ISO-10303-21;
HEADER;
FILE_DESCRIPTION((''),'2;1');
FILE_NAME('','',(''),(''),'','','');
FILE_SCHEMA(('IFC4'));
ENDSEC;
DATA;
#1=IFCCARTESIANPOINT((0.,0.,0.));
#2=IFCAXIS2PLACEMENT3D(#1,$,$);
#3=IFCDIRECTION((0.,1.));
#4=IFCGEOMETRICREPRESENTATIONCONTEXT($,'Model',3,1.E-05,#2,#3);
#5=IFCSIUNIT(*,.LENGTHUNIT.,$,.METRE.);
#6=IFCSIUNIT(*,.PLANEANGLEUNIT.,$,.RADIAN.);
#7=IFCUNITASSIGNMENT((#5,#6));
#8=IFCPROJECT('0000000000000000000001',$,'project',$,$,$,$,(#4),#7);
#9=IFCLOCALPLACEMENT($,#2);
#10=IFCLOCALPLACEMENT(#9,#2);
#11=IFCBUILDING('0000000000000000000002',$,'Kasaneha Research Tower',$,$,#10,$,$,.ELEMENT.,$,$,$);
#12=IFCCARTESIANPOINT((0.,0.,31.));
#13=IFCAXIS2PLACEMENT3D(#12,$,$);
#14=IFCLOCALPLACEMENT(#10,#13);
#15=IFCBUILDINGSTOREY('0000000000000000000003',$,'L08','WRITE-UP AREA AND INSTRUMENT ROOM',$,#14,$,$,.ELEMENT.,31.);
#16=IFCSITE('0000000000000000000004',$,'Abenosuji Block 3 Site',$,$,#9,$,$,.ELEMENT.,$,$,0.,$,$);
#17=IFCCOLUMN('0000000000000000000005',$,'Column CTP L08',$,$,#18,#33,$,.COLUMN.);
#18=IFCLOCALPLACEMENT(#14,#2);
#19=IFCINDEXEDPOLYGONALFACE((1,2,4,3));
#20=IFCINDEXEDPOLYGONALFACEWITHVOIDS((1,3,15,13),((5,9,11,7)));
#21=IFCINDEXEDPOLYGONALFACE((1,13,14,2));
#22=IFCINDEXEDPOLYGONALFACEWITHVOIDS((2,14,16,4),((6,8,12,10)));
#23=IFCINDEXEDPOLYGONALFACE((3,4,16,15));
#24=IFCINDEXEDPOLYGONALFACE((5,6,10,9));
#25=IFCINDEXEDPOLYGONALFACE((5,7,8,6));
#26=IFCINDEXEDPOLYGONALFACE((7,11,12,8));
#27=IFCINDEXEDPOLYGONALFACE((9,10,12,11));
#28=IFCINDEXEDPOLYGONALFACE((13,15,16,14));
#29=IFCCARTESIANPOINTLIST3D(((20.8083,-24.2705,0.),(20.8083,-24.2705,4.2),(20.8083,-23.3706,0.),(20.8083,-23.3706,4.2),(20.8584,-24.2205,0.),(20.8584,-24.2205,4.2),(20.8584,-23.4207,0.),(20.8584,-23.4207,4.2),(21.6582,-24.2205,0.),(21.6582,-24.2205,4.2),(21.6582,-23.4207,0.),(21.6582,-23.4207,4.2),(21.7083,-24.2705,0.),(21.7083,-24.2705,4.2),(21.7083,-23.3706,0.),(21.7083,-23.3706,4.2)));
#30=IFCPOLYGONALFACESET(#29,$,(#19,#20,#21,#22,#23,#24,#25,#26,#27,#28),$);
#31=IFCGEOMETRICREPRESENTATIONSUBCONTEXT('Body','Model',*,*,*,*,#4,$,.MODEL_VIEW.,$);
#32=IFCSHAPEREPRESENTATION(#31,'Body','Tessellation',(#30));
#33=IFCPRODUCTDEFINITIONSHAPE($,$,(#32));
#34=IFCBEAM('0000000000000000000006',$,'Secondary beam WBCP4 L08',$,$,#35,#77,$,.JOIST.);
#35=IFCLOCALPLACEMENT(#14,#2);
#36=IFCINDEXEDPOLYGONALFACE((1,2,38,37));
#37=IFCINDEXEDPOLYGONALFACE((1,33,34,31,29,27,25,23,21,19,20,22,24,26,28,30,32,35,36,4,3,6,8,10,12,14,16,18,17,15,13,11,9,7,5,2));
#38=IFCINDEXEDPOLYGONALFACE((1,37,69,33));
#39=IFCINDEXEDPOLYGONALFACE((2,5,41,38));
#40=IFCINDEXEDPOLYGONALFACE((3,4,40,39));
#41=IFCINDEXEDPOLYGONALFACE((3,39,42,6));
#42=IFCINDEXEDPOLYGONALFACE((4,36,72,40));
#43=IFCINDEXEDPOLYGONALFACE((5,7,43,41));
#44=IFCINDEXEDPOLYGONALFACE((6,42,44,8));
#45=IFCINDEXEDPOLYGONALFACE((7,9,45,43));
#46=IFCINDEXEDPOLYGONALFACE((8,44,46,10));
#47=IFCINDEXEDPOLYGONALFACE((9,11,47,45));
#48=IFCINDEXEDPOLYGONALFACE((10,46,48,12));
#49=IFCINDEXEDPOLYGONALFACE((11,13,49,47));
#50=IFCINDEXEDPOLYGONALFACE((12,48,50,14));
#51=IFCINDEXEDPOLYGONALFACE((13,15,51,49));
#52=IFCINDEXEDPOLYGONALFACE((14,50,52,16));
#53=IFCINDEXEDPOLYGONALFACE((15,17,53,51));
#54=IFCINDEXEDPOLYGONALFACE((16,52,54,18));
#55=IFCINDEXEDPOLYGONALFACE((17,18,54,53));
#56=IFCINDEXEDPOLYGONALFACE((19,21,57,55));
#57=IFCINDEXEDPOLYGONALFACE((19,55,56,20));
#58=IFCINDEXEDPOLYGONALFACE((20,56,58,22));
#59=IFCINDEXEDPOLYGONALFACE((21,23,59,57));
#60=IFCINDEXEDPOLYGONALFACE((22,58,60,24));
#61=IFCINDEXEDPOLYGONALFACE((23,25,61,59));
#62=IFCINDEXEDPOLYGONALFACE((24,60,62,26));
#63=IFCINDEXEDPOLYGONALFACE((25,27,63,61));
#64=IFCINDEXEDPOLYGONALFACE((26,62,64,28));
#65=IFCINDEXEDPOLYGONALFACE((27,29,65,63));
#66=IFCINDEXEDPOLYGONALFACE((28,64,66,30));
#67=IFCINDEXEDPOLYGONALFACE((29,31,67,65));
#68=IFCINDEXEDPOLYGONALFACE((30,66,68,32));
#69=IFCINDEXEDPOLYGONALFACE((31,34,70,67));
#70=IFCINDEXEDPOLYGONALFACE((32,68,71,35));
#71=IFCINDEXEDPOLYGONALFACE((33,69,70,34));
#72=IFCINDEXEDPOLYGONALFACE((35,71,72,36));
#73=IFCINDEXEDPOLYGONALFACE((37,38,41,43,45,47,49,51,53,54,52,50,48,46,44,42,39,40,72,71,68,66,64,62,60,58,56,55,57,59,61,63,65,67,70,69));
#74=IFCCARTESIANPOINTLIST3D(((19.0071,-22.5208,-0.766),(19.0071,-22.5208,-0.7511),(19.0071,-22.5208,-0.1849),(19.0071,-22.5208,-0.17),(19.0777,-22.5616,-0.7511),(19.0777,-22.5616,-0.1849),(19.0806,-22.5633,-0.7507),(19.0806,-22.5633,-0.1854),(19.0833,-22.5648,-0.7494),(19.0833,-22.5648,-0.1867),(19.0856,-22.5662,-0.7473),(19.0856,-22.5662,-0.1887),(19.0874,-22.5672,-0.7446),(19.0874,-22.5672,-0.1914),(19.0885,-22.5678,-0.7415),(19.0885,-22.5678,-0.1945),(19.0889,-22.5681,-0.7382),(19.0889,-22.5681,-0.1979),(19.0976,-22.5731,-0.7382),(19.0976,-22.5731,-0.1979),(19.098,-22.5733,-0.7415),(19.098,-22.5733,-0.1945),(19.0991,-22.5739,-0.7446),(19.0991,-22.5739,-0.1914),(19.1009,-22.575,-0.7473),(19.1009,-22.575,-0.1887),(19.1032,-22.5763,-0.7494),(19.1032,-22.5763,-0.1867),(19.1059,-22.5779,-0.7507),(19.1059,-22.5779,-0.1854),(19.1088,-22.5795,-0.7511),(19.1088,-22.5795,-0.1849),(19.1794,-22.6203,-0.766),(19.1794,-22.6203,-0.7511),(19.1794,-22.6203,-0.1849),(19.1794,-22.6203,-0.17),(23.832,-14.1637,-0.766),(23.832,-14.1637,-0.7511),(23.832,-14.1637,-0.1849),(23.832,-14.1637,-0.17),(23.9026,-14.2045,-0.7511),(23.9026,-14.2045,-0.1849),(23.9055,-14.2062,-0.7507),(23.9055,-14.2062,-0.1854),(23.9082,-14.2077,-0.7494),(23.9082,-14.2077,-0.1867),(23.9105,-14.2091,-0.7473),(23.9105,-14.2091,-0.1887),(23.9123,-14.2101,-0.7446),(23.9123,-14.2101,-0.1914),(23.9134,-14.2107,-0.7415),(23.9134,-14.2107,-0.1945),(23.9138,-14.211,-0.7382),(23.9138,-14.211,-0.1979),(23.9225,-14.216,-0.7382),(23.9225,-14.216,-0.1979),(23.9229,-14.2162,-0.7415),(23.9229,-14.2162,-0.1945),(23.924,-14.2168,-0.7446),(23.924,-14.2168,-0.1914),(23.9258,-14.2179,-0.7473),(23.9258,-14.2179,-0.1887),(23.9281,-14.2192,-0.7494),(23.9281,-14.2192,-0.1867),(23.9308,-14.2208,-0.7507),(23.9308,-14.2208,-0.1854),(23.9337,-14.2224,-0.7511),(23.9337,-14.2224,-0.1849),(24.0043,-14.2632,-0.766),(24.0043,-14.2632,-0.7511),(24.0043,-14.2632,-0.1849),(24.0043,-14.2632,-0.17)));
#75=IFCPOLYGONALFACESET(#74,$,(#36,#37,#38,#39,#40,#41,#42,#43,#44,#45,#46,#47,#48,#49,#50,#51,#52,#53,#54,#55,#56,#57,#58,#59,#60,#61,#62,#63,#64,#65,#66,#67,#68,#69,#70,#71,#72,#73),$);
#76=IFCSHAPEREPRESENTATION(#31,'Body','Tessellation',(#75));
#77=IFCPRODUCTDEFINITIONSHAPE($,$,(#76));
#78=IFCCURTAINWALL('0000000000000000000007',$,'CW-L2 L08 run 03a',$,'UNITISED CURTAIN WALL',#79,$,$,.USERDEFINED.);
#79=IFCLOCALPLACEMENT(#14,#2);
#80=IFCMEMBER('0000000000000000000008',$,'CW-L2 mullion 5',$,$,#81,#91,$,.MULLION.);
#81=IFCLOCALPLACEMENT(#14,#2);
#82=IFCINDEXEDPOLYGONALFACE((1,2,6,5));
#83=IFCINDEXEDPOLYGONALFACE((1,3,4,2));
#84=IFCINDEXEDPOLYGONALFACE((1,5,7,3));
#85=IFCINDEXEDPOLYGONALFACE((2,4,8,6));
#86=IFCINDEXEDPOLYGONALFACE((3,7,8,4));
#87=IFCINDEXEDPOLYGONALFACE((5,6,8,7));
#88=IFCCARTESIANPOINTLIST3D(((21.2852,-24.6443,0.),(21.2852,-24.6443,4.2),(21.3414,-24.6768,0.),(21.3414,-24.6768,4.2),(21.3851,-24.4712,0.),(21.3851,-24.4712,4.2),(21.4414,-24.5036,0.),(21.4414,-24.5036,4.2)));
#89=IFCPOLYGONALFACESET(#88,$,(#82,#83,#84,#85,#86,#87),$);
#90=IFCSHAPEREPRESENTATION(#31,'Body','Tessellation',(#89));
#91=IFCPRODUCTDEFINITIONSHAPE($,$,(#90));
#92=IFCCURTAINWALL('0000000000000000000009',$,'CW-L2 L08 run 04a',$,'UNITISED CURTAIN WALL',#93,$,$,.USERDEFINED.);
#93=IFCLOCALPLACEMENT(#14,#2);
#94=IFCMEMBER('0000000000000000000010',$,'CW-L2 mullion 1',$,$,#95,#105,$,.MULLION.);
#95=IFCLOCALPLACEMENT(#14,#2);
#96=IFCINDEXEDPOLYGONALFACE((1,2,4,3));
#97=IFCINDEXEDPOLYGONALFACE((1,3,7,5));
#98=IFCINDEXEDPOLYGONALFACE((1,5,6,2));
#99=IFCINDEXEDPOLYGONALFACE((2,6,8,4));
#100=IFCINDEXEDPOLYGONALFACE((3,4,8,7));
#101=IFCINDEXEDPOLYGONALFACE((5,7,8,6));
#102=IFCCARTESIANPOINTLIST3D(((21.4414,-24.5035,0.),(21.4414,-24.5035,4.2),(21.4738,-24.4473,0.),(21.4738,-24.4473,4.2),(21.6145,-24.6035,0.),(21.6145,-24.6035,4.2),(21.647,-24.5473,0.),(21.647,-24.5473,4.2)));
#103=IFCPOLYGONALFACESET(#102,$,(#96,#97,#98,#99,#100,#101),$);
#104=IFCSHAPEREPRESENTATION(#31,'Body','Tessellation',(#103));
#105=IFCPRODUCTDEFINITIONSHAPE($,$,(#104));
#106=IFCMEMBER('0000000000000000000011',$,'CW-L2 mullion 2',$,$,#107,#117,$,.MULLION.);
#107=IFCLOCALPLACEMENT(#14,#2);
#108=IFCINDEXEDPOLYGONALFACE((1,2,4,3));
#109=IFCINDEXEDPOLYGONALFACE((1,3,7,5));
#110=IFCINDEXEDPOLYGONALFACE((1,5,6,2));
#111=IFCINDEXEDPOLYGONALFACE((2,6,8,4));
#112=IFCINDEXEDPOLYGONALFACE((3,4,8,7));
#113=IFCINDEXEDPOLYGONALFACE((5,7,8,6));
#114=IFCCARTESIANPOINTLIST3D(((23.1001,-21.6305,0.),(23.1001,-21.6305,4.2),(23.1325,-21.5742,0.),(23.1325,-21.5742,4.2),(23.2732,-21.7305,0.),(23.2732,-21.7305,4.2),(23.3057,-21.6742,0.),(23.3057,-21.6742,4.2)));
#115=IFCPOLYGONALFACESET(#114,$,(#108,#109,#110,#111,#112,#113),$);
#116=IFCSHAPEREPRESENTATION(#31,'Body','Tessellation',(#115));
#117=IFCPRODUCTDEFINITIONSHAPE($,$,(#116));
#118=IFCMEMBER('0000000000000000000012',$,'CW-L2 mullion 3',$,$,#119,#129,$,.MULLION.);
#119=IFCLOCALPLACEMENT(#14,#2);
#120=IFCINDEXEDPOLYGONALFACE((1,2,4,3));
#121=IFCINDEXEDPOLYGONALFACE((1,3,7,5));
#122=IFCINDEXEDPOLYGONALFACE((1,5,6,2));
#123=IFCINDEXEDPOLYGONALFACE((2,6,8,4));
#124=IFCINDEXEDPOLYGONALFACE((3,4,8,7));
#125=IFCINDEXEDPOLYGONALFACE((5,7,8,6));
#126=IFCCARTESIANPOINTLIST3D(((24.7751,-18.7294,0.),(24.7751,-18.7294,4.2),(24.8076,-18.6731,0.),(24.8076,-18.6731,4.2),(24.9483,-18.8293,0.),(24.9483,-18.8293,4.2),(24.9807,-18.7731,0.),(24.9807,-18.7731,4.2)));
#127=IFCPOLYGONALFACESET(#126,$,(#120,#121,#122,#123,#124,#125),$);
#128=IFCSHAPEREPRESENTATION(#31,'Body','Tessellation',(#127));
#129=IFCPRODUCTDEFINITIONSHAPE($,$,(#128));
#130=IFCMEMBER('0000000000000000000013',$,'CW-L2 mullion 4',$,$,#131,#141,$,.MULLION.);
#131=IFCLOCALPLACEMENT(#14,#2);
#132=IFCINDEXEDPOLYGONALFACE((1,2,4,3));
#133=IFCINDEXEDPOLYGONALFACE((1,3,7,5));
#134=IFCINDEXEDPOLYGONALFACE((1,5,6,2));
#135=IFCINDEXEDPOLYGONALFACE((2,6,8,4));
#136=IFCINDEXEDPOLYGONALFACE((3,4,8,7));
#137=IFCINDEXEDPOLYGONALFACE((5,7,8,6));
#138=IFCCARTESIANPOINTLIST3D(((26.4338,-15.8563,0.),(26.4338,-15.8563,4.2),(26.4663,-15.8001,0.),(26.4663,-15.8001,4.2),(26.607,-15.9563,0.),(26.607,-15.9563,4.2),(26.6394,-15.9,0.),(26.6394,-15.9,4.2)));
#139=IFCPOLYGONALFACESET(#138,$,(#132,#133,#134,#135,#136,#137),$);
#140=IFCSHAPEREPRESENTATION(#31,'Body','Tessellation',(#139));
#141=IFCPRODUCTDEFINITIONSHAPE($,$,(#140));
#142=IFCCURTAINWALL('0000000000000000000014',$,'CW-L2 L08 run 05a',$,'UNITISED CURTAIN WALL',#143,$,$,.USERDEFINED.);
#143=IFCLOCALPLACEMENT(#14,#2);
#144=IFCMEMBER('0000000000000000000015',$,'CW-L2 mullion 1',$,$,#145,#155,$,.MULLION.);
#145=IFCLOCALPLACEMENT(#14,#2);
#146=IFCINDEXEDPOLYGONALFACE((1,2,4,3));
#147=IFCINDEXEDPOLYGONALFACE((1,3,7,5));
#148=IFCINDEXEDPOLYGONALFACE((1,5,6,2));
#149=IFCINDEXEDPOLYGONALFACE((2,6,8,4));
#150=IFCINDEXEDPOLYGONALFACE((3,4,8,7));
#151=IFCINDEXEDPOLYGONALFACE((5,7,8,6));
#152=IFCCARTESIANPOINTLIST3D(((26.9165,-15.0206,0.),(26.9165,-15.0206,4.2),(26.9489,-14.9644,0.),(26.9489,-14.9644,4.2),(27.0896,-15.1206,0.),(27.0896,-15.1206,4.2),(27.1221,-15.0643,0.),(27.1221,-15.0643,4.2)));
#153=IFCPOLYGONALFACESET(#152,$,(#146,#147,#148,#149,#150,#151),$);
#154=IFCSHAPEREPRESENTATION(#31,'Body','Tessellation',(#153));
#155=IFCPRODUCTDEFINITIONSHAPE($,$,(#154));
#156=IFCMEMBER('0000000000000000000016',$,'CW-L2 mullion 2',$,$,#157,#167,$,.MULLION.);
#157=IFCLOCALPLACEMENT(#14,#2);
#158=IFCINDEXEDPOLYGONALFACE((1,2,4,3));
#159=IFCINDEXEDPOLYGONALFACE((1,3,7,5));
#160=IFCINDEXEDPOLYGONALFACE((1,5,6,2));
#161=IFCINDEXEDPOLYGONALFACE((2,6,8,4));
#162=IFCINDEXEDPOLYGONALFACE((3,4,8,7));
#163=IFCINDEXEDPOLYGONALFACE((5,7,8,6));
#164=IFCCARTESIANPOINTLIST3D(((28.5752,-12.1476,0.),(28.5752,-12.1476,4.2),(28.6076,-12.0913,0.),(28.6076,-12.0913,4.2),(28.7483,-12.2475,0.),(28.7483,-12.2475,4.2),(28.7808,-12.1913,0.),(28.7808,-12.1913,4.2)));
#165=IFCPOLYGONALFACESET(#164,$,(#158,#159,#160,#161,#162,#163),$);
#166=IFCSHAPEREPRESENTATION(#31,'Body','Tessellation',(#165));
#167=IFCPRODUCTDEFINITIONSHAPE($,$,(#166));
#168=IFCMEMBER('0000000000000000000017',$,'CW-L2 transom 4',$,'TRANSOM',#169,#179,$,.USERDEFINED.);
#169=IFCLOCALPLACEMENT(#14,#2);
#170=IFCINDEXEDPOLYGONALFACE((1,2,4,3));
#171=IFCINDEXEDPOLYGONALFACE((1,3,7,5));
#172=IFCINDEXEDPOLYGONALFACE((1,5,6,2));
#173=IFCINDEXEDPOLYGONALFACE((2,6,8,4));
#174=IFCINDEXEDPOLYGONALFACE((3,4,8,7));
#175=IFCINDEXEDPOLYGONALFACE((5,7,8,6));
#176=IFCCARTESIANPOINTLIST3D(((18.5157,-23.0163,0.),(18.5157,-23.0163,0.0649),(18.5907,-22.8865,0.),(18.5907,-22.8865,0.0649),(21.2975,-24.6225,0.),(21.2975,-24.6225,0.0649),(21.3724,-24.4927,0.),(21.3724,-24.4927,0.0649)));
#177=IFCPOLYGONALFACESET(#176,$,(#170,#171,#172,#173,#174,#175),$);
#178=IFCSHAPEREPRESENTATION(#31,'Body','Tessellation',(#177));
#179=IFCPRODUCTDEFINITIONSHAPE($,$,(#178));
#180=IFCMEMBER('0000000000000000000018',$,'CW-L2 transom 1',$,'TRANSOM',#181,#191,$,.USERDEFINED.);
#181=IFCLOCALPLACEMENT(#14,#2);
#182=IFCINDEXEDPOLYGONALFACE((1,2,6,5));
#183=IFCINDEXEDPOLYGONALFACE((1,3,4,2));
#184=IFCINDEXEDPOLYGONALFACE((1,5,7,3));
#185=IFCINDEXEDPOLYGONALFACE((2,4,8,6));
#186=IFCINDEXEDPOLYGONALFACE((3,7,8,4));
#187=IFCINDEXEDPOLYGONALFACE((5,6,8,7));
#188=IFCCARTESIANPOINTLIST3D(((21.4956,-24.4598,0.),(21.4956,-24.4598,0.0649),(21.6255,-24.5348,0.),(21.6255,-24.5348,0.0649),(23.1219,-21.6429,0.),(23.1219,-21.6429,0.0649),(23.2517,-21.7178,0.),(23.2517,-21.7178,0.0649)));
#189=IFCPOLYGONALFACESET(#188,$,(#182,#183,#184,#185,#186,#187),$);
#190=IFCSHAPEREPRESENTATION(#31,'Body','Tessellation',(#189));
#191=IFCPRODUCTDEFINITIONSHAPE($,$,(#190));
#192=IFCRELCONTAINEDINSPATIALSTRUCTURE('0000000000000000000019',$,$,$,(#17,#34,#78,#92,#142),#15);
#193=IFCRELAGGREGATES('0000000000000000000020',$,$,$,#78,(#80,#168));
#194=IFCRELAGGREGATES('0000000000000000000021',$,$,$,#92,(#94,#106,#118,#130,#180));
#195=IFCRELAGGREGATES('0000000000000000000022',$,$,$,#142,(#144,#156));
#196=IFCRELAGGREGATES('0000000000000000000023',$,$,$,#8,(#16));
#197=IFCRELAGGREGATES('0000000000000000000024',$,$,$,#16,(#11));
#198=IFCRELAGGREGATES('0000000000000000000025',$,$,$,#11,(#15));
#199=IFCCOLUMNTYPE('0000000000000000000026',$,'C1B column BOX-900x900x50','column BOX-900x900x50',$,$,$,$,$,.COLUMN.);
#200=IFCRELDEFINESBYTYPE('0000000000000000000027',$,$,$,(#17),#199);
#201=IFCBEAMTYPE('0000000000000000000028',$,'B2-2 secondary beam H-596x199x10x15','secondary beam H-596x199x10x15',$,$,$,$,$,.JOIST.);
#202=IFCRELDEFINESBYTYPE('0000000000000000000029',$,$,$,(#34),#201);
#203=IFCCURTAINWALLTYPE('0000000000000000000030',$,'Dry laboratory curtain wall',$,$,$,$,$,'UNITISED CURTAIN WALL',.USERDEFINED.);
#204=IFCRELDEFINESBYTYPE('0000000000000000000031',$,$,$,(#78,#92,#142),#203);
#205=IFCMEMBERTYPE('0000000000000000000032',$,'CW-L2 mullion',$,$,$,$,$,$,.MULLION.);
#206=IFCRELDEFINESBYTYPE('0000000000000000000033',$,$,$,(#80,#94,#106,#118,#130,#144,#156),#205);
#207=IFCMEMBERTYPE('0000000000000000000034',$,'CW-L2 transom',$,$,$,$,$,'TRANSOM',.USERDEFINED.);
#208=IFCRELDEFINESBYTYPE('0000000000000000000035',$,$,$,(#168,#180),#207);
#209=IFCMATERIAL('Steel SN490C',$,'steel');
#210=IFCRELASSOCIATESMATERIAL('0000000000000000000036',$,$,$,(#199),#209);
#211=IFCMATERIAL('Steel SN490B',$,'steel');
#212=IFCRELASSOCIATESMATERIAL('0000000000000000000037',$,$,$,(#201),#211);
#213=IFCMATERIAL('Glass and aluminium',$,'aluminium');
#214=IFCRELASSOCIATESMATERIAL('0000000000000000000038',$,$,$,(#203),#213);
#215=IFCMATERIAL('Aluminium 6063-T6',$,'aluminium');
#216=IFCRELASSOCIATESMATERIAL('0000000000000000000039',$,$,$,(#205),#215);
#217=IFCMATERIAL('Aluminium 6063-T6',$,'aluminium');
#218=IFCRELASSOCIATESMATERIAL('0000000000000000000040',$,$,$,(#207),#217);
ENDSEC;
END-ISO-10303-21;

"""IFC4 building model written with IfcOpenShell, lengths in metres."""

from ifc_helpers import new_model, si_unit, direction, frame, origin, origin_2d, place, context, subcontext, project, spatial, rectangle, hollow_rectangle, i_section, extrude, material, material_profile, profile_set, type_object, element, aggregate, save


model = new_model("IFC4")

# Units and contexts
model_context = context("Model", 3, precision=1e-05, world=origin(), true_north=direction((0.0, 1.0)))
body_context = subcontext(model_context, "Body", "Model", "MODEL_VIEW")
ifc_project = project(units=[si_unit("LENGTHUNIT", "METRE"), si_unit("PLANEANGLEUNIT", "RADIAN")], contexts=[model_context])

# Site, building, storey
site_placement = place(None, origin())
site = spatial("IfcSite", under=ifc_project, at=site_placement, Name="Abenosuji Block 3 Site", CompositionType="ELEMENT", RefElevation=0.0)
building_placement = place(site_placement, origin())
building = spatial("IfcBuilding", under=site, at=building_placement, Name="Kasaneha Research Tower", CompositionType="ELEMENT")
storey_placement = place(building_placement, frame((0.0, 0.0, 31.0)))
storey = spatial("IfcBuildingStorey", under=building, at=storey_placement, Name="L08", Description="WRITE-UP AREA AND INSTRUMENT ROOM", CompositionType="ELEMENT", Elevation=31.0)

# Column
ifc_material_1 = material(Name="Steel SN490C", Category="steel")
ifc_material_profile_1 = material_profile(ifc_material_1, hollow_rectangle(XDim=0.8999, YDim=0.8999, WallThickness=0.05, at=origin_2d()), Name="BOX-900x900x50")
ifc_profile_set_1 = profile_set([ifc_material_profile_1], Name="Steel SN490C")
column_type = type_object("IfcColumnType", Name="C1B column BOX-900x900x50", Description="column BOX-900x900x50", PredefinedType="COLUMN", material=ifc_profile_set_1)
column_placement = place(storey_placement, frame((21.2583, -23.8206, 0.0), z_axis=(0.0, 0.0, 1.0), x_axis=(1.0, 0.0, 0.0)))
element("IfcColumn", 1, at=column_placement, inside=storey, type_object=column_type, Name="Column CTP L08", PredefinedType="COLUMN", context=body_context, shape_type="SweptSolid", body=[
    extrude(hollow_rectangle(XDim=0.8999, YDim=0.8999, WallThickness=0.05, at=origin_2d()), origin(), (0.0, 0.0, 1.0), 4.2),
])

# Beam
ifc_material_2 = material(Name="Steel SN490B", Category="steel")
ifc_material_profile_2 = material_profile(ifc_material_2, i_section(OverallWidth=0.199, OverallDepth=0.5959, WebThickness=0.01, FlangeThickness=0.0149, FilletRadius=0.0129, at=origin_2d()), Name="H-596x199x10x15")
ifc_profile_set_2 = profile_set([ifc_material_profile_2], Name="Steel SN490B")
beam_type_1 = type_object("IfcBeamType", Name="B2-2 secondary beam H-596x199x10x15", Description="secondary beam H-596x199x10x15", PredefinedType="JOIST", material=ifc_profile_set_2)
beam_1_placement = place(storey_placement, frame((19.0933, -22.5706, -0.468), z_axis=(0.499995, 0.866028, 0.0), x_axis=(-0.866028, 0.499995, 0.0)))
element("IfcBeam", 2, at=beam_1_placement, inside=storey, type_object=beam_type_1, Name="Secondary beam WBCP4 L08", PredefinedType="JOIST", context=body_context, shape_type="SweptSolid", body=[
    extrude(i_section(OverallWidth=0.199, OverallDepth=0.5959, WebThickness=0.01, FlangeThickness=0.0149, FilletRadius=0.0129, at=origin_2d()), origin(), (0.0, 0.0, 1.0), 9.6499),
])

# Curtain wall, member
ifc_material_3 = material(Name="Glass and aluminium", Category="aluminium")
curtain_wall_type = type_object("IfcCurtainWallType", Name="Dry laboratory curtain wall", ElementType="UNITISED CURTAIN WALL", PredefinedType="USERDEFINED", material=ifc_material_3)
curtain_wall_1_placement = place(storey_placement, origin())
curtain_wall_1 = element("IfcCurtainWall", 3, at=curtain_wall_1_placement, inside=storey, type_object=curtain_wall_type, Name="CW-L2 L08 run 03a", ObjectType="UNITISED CURTAIN WALL", PredefinedType="USERDEFINED")
ifc_material_4 = material(Name="Aluminium 6063-T6", Category="aluminium")
ifc_material_profile_3 = material_profile(ifc_material_4, rectangle(XDim=0.0649, YDim=0.2, at=origin_2d()), Name="CW-L2 mullion 65x200")
ifc_profile_set_3 = profile_set([ifc_material_profile_3], Name="Aluminium 6063-T6")
member_type_1 = type_object("IfcMemberType", Name="CW-L2 mullion", PredefinedType="MULLION", material=ifc_profile_set_3)
member_1_placement = place(storey_placement, frame((21.3633, -24.574, 0.0), z_axis=(0.0, 0.0, 1.0), x_axis=(0.866025, -0.5, 0.0)))
member_1 = element("IfcMember", 4, at=member_1_placement, type_object=member_type_1, Name="CW-L2 mullion 5", PredefinedType="MULLION", context=body_context, shape_type="SweptSolid", body=[
    extrude(rectangle(XDim=0.0649, YDim=0.2, at=origin_2d()), origin(), (0.0, 0.0, 1.0), 4.2),
])

# Curtain walls, members
curtain_wall_2_placement = place(storey_placement, origin())
curtain_wall_2 = element("IfcCurtainWall", 5, at=curtain_wall_2_placement, inside=storey, type_object=curtain_wall_type, Name="CW-L2 L08 run 04a", ObjectType="UNITISED CURTAIN WALL", PredefinedType="USERDEFINED")
member_2_placement = place(storey_placement, frame((21.5442, -24.5254, 0.0), z_axis=(0.0, 0.0, 1.0), x_axis=(0.5, 0.866025, 0.0)))
member_2 = element("IfcMember", 6, at=member_2_placement, type_object=member_type_1, Name="CW-L2 mullion 1", PredefinedType="MULLION", context=body_context, shape_type="SweptSolid", body=[
    extrude(rectangle(XDim=0.0649, YDim=0.2, at=origin_2d()), origin(), (0.0, 0.0, 1.0), 4.2),
])
member_3_placement = place(storey_placement, frame((23.2029, -21.6523, 0.0), z_axis=(0.0, 0.0, 1.0), x_axis=(0.5, 0.866025, 0.0)))
member_3 = element("IfcMember", 7, at=member_3_placement, type_object=member_type_1, Name="CW-L2 mullion 2", PredefinedType="MULLION", context=body_context, shape_type="SweptSolid", body=[
    extrude(rectangle(XDim=0.0649, YDim=0.2, at=origin_2d()), origin(), (0.0, 0.0, 1.0), 4.2),
])
member_4_placement = place(storey_placement, frame((24.8779, -18.7512, 0.0), z_axis=(0.0, 0.0, 1.0), x_axis=(0.5, 0.866025, 0.0)))
member_4 = element("IfcMember", 8, at=member_4_placement, type_object=member_type_1, Name="CW-L2 mullion 3", PredefinedType="MULLION", context=body_context, shape_type="SweptSolid", body=[
    extrude(rectangle(XDim=0.0649, YDim=0.2, at=origin_2d()), origin(), (0.0, 0.0, 1.0), 4.2),
])
member_5_placement = place(storey_placement, frame((26.5366, -15.8782, 0.0), z_axis=(0.0, 0.0, 1.0), x_axis=(0.5, 0.866025, 0.0)))
member_5 = element("IfcMember", 9, at=member_5_placement, type_object=member_type_1, Name="CW-L2 mullion 4", PredefinedType="MULLION", context=body_context, shape_type="SweptSolid", body=[
    extrude(rectangle(XDim=0.0649, YDim=0.2, at=origin_2d()), origin(), (0.0, 0.0, 1.0), 4.2),
])
curtain_wall_3_placement = place(storey_placement, origin())
curtain_wall_3 = element("IfcCurtainWall", 10, at=curtain_wall_3_placement, inside=storey, type_object=curtain_wall_type, Name="CW-L2 L08 run 05a", ObjectType="UNITISED CURTAIN WALL", PredefinedType="USERDEFINED")
member_6_placement = place(storey_placement, frame((27.0193, -15.0425, 0.0), z_axis=(0.0, 0.0, 1.0), x_axis=(0.5, 0.866025, 0.0)))
member_6 = element("IfcMember", 11, at=member_6_placement, type_object=member_type_1, Name="CW-L2 mullion 1", PredefinedType="MULLION", context=body_context, shape_type="SweptSolid", body=[
    extrude(rectangle(XDim=0.0649, YDim=0.2, at=origin_2d()), origin(), (0.0, 0.0, 1.0), 4.2),
])
member_7_placement = place(storey_placement, frame((28.678, -12.1694, 0.0), z_axis=(0.0, 0.0, 1.0), x_axis=(0.5, 0.866025, 0.0)))
member_7 = element("IfcMember", 12, at=member_7_placement, type_object=member_type_1, Name="CW-L2 mullion 2", PredefinedType="MULLION", context=body_context, shape_type="SweptSolid", body=[
    extrude(rectangle(XDim=0.0649, YDim=0.2, at=origin_2d()), origin(), (0.0, 0.0, 1.0), 4.2),
])

# Members
ifc_material_5 = material(Name="Aluminium 6063-T6", Category="aluminium")
ifc_material_profile_4 = material_profile(ifc_material_5, rectangle(XDim=0.1499, YDim=0.0649, at=origin_2d()), Name="CW-L2 transom 150x65")
ifc_profile_set_4 = profile_set([ifc_material_profile_4], Name="Aluminium 6063-T6")
member_type_2 = type_object("IfcMemberType", Name="CW-L2 transom", ElementType="TRANSOM", PredefinedType="USERDEFINED", material=ifc_profile_set_4)
member_8_placement = place(storey_placement, frame((18.5532, -22.9514, 0.0325), z_axis=(0.866003, -0.500038, 0.0), x_axis=(0.500038, 0.866003, 0.0)))
member_8 = element("IfcMember", 13, at=member_8_placement, type_object=member_type_2, Name="CW-L2 transom 4", ObjectType="TRANSOM", PredefinedType="USERDEFINED", context=body_context, shape_type="SweptSolid", body=[
    extrude(rectangle(XDim=0.1499, YDim=0.0649, at=origin_2d()), origin(), (0.0, 0.0, 1.0), 3.2122),
])
member_9_placement = place(storey_placement, frame((21.5605, -24.4973, 0.0325), z_axis=(0.499974, 0.866041, 0.0), x_axis=(-0.866041, 0.499974, 0.0)))
member_9 = element("IfcMember", 14, at=member_9_placement, type_object=member_type_2, Name="CW-L2 transom 1", ObjectType="TRANSOM", PredefinedType="USERDEFINED", context=body_context, shape_type="SweptSolid", body=[
    extrude(rectangle(XDim=0.1499, YDim=0.0649, at=origin_2d()), origin(), (0.0, 0.0, 1.0), 3.2527),
])

aggregate(curtain_wall_1, [member_1, member_8])
aggregate(curtain_wall_2, [member_2, member_3, member_4, member_5, member_9])
aggregate(curtain_wall_3, [member_6, member_7])

save(model, "model.ifc")
